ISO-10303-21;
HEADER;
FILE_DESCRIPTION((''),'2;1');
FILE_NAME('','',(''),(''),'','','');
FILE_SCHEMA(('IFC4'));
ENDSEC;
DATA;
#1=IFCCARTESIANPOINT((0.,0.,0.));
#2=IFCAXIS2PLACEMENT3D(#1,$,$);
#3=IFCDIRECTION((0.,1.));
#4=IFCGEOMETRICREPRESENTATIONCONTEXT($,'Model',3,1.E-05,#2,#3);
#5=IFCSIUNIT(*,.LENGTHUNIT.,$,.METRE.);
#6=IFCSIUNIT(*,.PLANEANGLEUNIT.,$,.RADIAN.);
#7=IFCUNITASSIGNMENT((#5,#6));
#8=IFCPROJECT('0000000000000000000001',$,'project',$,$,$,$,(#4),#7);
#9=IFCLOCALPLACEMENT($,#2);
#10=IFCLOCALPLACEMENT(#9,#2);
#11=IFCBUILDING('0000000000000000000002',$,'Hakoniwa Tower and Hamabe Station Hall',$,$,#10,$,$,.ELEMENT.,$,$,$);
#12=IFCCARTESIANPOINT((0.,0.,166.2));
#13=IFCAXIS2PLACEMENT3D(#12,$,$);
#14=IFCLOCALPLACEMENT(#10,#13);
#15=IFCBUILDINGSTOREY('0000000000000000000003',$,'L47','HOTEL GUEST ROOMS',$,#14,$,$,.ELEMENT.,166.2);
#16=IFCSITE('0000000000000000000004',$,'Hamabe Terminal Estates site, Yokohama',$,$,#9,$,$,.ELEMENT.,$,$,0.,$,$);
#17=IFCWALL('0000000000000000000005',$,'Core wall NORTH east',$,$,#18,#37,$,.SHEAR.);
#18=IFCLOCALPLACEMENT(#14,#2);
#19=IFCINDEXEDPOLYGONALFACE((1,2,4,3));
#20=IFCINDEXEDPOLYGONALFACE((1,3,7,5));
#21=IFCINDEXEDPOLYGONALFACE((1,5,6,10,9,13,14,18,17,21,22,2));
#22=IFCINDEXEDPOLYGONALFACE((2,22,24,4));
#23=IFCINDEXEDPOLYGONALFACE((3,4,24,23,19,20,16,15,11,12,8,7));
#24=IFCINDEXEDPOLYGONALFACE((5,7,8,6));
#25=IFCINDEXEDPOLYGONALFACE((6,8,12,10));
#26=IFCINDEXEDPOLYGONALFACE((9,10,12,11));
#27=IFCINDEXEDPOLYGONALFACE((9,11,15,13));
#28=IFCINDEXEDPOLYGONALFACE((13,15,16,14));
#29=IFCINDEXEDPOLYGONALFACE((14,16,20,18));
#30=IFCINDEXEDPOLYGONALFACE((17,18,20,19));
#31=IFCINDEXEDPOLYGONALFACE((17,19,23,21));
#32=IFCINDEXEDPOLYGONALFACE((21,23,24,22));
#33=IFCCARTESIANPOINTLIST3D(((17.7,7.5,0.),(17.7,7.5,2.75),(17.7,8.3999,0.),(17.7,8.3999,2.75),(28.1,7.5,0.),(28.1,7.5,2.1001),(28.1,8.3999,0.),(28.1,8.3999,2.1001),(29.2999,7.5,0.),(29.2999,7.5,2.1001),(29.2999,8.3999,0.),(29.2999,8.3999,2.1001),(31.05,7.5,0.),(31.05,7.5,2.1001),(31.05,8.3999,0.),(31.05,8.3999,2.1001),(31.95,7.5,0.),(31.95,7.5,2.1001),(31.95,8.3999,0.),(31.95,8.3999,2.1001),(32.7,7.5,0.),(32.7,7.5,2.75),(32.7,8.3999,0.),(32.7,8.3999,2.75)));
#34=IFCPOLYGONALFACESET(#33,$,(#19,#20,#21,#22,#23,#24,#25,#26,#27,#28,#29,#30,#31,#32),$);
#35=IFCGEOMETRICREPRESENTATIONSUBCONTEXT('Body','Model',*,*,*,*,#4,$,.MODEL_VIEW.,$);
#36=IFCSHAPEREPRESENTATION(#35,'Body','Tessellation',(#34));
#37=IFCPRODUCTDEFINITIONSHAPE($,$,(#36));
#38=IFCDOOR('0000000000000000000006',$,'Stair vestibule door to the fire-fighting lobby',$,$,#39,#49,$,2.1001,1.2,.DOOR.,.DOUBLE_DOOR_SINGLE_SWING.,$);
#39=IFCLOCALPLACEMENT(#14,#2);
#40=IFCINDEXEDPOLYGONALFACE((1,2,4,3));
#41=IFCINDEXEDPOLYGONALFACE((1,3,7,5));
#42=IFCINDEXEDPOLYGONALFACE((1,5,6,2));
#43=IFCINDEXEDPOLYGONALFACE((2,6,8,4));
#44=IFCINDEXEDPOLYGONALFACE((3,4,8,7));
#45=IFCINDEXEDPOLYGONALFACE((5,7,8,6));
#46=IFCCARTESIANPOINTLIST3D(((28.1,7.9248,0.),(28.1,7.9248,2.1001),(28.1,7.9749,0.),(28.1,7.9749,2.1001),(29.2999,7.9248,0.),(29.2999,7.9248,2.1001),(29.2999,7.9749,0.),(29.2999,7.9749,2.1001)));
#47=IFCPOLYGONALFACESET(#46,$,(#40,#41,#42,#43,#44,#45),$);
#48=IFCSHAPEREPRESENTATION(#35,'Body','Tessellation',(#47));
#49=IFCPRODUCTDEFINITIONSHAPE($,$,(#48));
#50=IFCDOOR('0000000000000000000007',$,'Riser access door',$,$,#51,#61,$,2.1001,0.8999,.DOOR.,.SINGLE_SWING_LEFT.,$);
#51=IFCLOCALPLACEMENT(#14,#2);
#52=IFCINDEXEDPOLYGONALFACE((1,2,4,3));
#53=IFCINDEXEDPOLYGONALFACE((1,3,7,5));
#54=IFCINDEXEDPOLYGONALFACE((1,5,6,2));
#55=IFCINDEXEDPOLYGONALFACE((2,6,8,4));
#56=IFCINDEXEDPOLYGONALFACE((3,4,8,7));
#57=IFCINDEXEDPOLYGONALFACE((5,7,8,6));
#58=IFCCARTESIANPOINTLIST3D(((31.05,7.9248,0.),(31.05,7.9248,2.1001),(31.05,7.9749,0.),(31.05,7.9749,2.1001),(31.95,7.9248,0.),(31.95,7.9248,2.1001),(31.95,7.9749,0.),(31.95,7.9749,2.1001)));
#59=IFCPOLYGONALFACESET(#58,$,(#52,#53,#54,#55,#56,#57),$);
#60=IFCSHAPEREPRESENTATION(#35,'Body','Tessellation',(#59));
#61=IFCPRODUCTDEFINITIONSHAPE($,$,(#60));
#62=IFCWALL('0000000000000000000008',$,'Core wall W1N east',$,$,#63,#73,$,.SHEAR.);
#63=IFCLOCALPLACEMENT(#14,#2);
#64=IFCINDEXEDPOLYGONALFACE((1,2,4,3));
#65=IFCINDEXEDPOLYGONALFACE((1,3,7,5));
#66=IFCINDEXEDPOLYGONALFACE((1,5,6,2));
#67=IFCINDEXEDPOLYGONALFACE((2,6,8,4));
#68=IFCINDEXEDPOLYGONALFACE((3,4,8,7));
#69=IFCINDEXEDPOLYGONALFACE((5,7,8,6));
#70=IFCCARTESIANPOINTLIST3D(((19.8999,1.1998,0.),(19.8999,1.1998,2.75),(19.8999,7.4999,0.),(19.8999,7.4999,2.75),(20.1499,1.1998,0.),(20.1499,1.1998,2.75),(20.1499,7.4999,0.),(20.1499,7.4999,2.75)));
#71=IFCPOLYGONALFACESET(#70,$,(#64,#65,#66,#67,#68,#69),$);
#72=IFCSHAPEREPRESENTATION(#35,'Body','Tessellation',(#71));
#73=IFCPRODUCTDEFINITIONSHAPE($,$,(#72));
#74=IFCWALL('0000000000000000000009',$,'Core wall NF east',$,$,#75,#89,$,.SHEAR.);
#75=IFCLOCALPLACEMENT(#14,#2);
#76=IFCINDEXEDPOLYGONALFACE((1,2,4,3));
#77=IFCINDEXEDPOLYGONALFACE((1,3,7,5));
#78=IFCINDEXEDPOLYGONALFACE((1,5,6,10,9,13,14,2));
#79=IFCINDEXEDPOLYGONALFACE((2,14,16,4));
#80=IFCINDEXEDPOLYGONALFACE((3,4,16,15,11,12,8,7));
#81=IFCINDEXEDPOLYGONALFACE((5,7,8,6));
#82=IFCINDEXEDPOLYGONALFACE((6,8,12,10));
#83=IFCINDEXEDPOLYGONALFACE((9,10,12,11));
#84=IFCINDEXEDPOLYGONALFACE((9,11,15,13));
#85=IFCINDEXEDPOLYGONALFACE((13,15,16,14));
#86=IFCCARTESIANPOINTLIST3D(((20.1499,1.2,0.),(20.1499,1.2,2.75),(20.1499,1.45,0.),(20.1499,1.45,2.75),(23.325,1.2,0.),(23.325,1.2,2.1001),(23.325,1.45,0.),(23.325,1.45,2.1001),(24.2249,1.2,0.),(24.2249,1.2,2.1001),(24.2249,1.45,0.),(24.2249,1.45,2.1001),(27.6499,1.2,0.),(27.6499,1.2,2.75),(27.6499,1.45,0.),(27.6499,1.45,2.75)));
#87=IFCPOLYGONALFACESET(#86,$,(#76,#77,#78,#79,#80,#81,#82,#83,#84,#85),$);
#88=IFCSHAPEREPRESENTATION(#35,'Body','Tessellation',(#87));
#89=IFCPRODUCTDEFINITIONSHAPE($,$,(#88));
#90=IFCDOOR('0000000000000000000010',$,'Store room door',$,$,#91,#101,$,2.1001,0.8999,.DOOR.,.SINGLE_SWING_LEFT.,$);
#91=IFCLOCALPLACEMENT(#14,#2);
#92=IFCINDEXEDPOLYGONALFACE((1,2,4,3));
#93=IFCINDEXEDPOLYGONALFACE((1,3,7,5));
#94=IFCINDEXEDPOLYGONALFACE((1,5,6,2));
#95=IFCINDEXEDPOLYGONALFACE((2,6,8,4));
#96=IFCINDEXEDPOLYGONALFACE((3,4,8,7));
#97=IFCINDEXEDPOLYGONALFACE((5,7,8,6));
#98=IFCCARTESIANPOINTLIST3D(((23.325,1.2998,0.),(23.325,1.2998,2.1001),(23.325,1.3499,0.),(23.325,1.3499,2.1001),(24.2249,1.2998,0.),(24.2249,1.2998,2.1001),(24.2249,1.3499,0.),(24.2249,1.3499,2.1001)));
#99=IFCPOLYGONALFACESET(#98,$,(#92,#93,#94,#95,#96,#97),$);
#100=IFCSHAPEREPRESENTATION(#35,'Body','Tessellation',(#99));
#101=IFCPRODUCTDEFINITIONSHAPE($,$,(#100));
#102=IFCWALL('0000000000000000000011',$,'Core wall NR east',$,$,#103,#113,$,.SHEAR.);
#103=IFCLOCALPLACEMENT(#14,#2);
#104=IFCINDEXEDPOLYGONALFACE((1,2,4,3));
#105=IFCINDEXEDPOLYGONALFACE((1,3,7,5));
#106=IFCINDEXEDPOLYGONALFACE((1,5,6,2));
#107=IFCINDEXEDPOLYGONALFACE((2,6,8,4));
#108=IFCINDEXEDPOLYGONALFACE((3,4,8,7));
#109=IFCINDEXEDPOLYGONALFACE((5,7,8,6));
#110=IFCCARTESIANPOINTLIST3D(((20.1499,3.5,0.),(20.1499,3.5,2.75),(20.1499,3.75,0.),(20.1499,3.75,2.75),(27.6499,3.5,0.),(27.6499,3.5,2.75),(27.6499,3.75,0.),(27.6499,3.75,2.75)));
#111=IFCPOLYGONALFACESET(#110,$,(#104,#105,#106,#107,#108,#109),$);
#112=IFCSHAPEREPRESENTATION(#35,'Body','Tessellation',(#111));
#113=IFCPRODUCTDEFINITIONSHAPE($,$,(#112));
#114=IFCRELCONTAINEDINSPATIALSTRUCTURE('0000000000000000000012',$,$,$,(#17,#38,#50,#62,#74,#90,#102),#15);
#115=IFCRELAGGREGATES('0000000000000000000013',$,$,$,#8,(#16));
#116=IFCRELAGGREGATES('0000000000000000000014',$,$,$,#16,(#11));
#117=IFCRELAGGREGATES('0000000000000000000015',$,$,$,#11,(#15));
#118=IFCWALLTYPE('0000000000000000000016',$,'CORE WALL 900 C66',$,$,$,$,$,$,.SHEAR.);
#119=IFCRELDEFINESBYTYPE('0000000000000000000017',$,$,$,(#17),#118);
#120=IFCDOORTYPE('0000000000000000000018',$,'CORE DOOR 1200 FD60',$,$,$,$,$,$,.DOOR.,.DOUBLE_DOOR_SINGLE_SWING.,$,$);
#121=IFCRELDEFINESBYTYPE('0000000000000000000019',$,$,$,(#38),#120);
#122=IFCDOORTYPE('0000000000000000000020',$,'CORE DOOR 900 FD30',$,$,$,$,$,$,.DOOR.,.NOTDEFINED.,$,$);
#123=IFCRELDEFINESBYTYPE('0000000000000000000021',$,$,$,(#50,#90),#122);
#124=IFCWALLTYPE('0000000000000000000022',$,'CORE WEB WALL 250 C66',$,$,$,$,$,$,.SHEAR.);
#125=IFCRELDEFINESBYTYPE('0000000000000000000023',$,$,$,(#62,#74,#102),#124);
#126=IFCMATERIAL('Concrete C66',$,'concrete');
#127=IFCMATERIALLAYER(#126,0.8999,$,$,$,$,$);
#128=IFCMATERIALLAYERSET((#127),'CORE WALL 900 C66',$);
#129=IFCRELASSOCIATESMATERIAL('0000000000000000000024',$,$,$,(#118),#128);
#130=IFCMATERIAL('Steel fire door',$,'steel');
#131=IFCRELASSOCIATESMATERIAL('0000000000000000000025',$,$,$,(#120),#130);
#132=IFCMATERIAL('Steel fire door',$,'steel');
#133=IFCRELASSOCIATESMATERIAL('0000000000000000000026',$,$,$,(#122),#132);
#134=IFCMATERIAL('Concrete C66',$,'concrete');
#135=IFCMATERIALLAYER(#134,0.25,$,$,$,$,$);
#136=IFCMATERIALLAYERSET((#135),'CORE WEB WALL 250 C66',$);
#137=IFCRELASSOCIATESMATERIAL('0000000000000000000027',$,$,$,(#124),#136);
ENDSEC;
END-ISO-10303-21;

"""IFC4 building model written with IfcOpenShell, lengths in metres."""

from ifc_helpers import new_model, si_unit, direction, frame, frame_2d, origin, place, context, subcontext, project, spatial, rectangle, extrude, material, layer, layer_set, type_object, element, fill, save


model = new_model("IFC4")

# Units and contexts
model_context = context("Model", 3, precision=1e-05, world=origin(), true_north=direction((0.0, 1.0)))
body_context = subcontext(model_context, "Body", "Model", "MODEL_VIEW")
ifc_project = project(units=[si_unit("LENGTHUNIT", "METRE"), si_unit("PLANEANGLEUNIT", "RADIAN")], contexts=[model_context])

# Site, building, storey
site_placement = place(None, origin())
site = spatial("IfcSite", under=ifc_project, at=site_placement, Name="Hamabe Terminal Estates site, Yokohama", CompositionType="ELEMENT", RefElevation=0.0)
building_placement = place(site_placement, origin())
building = spatial("IfcBuilding", under=site, at=building_placement, Name="Hakoniwa Tower and Hamabe Station Hall", CompositionType="ELEMENT")
storey_placement = place(building_placement, frame((0.0, 0.0, 166.2)))
storey = spatial("IfcBuildingStorey", under=building, at=storey_placement, Name="L47", Description="HOTEL GUEST ROOMS", CompositionType="ELEMENT", Elevation=166.2)

# Wall, openings, doors
ifc_material_1 = material(Name="Concrete C66", Category="concrete")
ifc_layer_1 = layer(ifc_material_1, 0.8999)
ifc_layer_set_1 = layer_set([ifc_layer_1], Name="CORE WALL 900 C66")
wall_type_1 = type_object("IfcWallType", Name="CORE WALL 900 C66", PredefinedType="SHEAR", material=ifc_layer_set_1)
wall_1_placement = place(storey_placement, frame((17.7, 7.95, 0.0), z_axis=(0.0, 0.0, 1.0), x_axis=(1.0, 0.0, 0.0)))
wall_1 = element("IfcWall", 1, at=wall_1_placement, inside=storey, type_object=wall_type_1, Name="Core wall NORTH east", PredefinedType="SHEAR", context=body_context, shape_type="SweptSolid", body=[
    extrude(rectangle(XDim=15.0, YDim=0.8999, at=frame_2d((7.5, 0.0))), origin(), (0.0, 0.0, 1.0), 2.75),
])
opening_1_placement = place(wall_1_placement, frame((10.3999, 0.0, 0.0)))
opening_1 = element("IfcOpeningElement", 2, at=opening_1_placement, cuts=wall_1, PredefinedType="OPENING", context=body_context, shape_type="SweptSolid", body=[
    extrude(rectangle(XDim=1.2, YDim=2.1001, at=frame_2d((0.6001, 1.05))), frame((0.0, 0.46, 0.0), z_axis=(0.0, -1.0, 0.0), x_axis=(1.0, 0.0, 0.0)), (0.0, 0.0, 1.0), 0.9199),
])
opening_2_placement = place(wall_1_placement, frame((13.3501, 0.0, 0.0)))
opening_2 = element("IfcOpeningElement", 3, at=opening_2_placement, cuts=wall_1, PredefinedType="OPENING", context=body_context, shape_type="SweptSolid", body=[
    extrude(rectangle(XDim=0.8999, YDim=2.1001, at=frame_2d((0.45, 1.05))), frame((0.0, 0.46, 0.0), z_axis=(0.0, -1.0, 0.0), x_axis=(1.0, 0.0, 0.0)), (0.0, 0.0, 1.0), 0.9199),
])
ifc_material_2 = material(Name="Steel fire door", Category="steel")
door_type_1 = type_object("IfcDoorType", Name="CORE DOOR 1200 FD60", OperationType="DOUBLE_DOOR_SINGLE_SWING", PredefinedType="DOOR", material=ifc_material_2)
door_1_placement = place(opening_1_placement, origin())
door_1 = element("IfcDoor", 4, at=door_1_placement, inside=storey, type_object=door_type_1, Name="Stair vestibule door to the fire-fighting lobby", OperationType="DOUBLE_DOOR_SINGLE_SWING", OverallHeight=2.1001, OverallWidth=1.2, PredefinedType="DOOR", context=body_context, shape_type="SweptSolid", body=[
    extrude(rectangle(XDim=1.2, YDim=2.1001, at=frame_2d((0.6001, 1.05))), frame((0.0, 0.0249, 0.0), z_axis=(0.0, -1.0, 0.0), x_axis=(1.0, 0.0, 0.0)), (0.0, 0.0, 1.0), 0.05),
])
fill(opening_1, door_1)
ifc_material_3 = material(Name="Steel fire door", Category="steel")
door_type_2 = type_object("IfcDoorType", Name="CORE DOOR 900 FD30", OperationType="NOTDEFINED", PredefinedType="DOOR", material=ifc_material_3)
door_2_placement = place(opening_2_placement, origin())
door_2 = element("IfcDoor", 5, at=door_2_placement, inside=storey, type_object=door_type_2, Name="Riser access door", OperationType="SINGLE_SWING_LEFT", OverallHeight=2.1001, OverallWidth=0.8999, PredefinedType="DOOR", context=body_context, shape_type="SweptSolid", body=[
    extrude(rectangle(XDim=0.8999, YDim=2.1001, at=frame_2d((0.45, 1.05))), frame((0.0, 0.0249, 0.0), z_axis=(0.0, -1.0, 0.0), x_axis=(1.0, 0.0, 0.0)), (0.0, 0.0, 1.0), 0.05),
])
fill(opening_2, door_2)

# Wall
ifc_material_4 = material(Name="Concrete C66", Category="concrete")
ifc_layer_2 = layer(ifc_material_4, 0.25)
ifc_layer_set_2 = layer_set([ifc_layer_2], Name="CORE WEB WALL 250 C66")
wall_type_2 = type_object("IfcWallType", Name="CORE WEB WALL 250 C66", PredefinedType="SHEAR", material=ifc_layer_set_2)
wall_2_placement = place(storey_placement, frame((20.0249, 1.2, 0.0), z_axis=(0.0, 0.0, 1.0), x_axis=(0.0, 1.0, 0.0)))
element("IfcWall", 6, at=wall_2_placement, inside=storey, type_object=wall_type_2, Name="Core wall W1N east", PredefinedType="SHEAR", context=body_context, shape_type="SweptSolid", body=[
    extrude(rectangle(XDim=6.3, YDim=0.25, at=frame_2d((3.1499, 0.0))), origin(), (0.0, 0.0, 1.0), 2.75),
])

# Wall, opening, door
wall_3_placement = place(storey_placement, frame((20.1499, 1.325, 0.0), z_axis=(0.0, 0.0, 1.0), x_axis=(1.0, 0.0, 0.0)))
wall_3 = element("IfcWall", 7, at=wall_3_placement, inside=storey, type_object=wall_type_2, Name="Core wall NF east", PredefinedType="SHEAR", context=body_context, shape_type="SweptSolid", body=[
    extrude(rectangle(XDim=7.5, YDim=0.25, at=frame_2d((3.75, 0.0))), origin(), (0.0, 0.0, 1.0), 2.75),
])
opening_3_placement = place(wall_3_placement, frame((3.175, 0.0, 0.0)))
opening_3 = element("IfcOpeningElement", 8, at=opening_3_placement, cuts=wall_3, PredefinedType="OPENING", context=body_context, shape_type="SweptSolid", body=[
    extrude(rectangle(XDim=0.8999, YDim=2.1001, at=frame_2d((0.45, 1.05))), frame((0.0, 0.135, 0.0), z_axis=(0.0, -1.0, 0.0), x_axis=(1.0, 0.0, 0.0)), (0.0, 0.0, 1.0), 0.27),
])
door_3_placement = place(opening_3_placement, origin())
door_3 = element("IfcDoor", 9, at=door_3_placement, inside=storey, type_object=door_type_2, Name="Store room door", OperationType="SINGLE_SWING_LEFT", OverallHeight=2.1001, OverallWidth=0.8999, PredefinedType="DOOR", context=body_context, shape_type="SweptSolid", body=[
    extrude(rectangle(XDim=0.8999, YDim=2.1001, at=frame_2d((0.45, 1.05))), frame((0.0, 0.0249, 0.0), z_axis=(0.0, -1.0, 0.0), x_axis=(1.0, 0.0, 0.0)), (0.0, 0.0, 1.0), 0.05),
])
fill(opening_3, door_3)

# Wall
wall_4_placement = place(storey_placement, frame((20.1499, 3.625, 0.0), z_axis=(0.0, 0.0, 1.0), x_axis=(1.0, 0.0, 0.0)))
element("IfcWall", 10, at=wall_4_placement, inside=storey, type_object=wall_type_2, Name="Core wall NR east", PredefinedType="SHEAR", context=body_context, shape_type="SweptSolid", body=[
    extrude(rectangle(XDim=7.5, YDim=0.25, at=frame_2d((3.75, 0.0))), origin(), (0.0, 0.0, 1.0), 2.75),
])

save(model, "model.ifc")
